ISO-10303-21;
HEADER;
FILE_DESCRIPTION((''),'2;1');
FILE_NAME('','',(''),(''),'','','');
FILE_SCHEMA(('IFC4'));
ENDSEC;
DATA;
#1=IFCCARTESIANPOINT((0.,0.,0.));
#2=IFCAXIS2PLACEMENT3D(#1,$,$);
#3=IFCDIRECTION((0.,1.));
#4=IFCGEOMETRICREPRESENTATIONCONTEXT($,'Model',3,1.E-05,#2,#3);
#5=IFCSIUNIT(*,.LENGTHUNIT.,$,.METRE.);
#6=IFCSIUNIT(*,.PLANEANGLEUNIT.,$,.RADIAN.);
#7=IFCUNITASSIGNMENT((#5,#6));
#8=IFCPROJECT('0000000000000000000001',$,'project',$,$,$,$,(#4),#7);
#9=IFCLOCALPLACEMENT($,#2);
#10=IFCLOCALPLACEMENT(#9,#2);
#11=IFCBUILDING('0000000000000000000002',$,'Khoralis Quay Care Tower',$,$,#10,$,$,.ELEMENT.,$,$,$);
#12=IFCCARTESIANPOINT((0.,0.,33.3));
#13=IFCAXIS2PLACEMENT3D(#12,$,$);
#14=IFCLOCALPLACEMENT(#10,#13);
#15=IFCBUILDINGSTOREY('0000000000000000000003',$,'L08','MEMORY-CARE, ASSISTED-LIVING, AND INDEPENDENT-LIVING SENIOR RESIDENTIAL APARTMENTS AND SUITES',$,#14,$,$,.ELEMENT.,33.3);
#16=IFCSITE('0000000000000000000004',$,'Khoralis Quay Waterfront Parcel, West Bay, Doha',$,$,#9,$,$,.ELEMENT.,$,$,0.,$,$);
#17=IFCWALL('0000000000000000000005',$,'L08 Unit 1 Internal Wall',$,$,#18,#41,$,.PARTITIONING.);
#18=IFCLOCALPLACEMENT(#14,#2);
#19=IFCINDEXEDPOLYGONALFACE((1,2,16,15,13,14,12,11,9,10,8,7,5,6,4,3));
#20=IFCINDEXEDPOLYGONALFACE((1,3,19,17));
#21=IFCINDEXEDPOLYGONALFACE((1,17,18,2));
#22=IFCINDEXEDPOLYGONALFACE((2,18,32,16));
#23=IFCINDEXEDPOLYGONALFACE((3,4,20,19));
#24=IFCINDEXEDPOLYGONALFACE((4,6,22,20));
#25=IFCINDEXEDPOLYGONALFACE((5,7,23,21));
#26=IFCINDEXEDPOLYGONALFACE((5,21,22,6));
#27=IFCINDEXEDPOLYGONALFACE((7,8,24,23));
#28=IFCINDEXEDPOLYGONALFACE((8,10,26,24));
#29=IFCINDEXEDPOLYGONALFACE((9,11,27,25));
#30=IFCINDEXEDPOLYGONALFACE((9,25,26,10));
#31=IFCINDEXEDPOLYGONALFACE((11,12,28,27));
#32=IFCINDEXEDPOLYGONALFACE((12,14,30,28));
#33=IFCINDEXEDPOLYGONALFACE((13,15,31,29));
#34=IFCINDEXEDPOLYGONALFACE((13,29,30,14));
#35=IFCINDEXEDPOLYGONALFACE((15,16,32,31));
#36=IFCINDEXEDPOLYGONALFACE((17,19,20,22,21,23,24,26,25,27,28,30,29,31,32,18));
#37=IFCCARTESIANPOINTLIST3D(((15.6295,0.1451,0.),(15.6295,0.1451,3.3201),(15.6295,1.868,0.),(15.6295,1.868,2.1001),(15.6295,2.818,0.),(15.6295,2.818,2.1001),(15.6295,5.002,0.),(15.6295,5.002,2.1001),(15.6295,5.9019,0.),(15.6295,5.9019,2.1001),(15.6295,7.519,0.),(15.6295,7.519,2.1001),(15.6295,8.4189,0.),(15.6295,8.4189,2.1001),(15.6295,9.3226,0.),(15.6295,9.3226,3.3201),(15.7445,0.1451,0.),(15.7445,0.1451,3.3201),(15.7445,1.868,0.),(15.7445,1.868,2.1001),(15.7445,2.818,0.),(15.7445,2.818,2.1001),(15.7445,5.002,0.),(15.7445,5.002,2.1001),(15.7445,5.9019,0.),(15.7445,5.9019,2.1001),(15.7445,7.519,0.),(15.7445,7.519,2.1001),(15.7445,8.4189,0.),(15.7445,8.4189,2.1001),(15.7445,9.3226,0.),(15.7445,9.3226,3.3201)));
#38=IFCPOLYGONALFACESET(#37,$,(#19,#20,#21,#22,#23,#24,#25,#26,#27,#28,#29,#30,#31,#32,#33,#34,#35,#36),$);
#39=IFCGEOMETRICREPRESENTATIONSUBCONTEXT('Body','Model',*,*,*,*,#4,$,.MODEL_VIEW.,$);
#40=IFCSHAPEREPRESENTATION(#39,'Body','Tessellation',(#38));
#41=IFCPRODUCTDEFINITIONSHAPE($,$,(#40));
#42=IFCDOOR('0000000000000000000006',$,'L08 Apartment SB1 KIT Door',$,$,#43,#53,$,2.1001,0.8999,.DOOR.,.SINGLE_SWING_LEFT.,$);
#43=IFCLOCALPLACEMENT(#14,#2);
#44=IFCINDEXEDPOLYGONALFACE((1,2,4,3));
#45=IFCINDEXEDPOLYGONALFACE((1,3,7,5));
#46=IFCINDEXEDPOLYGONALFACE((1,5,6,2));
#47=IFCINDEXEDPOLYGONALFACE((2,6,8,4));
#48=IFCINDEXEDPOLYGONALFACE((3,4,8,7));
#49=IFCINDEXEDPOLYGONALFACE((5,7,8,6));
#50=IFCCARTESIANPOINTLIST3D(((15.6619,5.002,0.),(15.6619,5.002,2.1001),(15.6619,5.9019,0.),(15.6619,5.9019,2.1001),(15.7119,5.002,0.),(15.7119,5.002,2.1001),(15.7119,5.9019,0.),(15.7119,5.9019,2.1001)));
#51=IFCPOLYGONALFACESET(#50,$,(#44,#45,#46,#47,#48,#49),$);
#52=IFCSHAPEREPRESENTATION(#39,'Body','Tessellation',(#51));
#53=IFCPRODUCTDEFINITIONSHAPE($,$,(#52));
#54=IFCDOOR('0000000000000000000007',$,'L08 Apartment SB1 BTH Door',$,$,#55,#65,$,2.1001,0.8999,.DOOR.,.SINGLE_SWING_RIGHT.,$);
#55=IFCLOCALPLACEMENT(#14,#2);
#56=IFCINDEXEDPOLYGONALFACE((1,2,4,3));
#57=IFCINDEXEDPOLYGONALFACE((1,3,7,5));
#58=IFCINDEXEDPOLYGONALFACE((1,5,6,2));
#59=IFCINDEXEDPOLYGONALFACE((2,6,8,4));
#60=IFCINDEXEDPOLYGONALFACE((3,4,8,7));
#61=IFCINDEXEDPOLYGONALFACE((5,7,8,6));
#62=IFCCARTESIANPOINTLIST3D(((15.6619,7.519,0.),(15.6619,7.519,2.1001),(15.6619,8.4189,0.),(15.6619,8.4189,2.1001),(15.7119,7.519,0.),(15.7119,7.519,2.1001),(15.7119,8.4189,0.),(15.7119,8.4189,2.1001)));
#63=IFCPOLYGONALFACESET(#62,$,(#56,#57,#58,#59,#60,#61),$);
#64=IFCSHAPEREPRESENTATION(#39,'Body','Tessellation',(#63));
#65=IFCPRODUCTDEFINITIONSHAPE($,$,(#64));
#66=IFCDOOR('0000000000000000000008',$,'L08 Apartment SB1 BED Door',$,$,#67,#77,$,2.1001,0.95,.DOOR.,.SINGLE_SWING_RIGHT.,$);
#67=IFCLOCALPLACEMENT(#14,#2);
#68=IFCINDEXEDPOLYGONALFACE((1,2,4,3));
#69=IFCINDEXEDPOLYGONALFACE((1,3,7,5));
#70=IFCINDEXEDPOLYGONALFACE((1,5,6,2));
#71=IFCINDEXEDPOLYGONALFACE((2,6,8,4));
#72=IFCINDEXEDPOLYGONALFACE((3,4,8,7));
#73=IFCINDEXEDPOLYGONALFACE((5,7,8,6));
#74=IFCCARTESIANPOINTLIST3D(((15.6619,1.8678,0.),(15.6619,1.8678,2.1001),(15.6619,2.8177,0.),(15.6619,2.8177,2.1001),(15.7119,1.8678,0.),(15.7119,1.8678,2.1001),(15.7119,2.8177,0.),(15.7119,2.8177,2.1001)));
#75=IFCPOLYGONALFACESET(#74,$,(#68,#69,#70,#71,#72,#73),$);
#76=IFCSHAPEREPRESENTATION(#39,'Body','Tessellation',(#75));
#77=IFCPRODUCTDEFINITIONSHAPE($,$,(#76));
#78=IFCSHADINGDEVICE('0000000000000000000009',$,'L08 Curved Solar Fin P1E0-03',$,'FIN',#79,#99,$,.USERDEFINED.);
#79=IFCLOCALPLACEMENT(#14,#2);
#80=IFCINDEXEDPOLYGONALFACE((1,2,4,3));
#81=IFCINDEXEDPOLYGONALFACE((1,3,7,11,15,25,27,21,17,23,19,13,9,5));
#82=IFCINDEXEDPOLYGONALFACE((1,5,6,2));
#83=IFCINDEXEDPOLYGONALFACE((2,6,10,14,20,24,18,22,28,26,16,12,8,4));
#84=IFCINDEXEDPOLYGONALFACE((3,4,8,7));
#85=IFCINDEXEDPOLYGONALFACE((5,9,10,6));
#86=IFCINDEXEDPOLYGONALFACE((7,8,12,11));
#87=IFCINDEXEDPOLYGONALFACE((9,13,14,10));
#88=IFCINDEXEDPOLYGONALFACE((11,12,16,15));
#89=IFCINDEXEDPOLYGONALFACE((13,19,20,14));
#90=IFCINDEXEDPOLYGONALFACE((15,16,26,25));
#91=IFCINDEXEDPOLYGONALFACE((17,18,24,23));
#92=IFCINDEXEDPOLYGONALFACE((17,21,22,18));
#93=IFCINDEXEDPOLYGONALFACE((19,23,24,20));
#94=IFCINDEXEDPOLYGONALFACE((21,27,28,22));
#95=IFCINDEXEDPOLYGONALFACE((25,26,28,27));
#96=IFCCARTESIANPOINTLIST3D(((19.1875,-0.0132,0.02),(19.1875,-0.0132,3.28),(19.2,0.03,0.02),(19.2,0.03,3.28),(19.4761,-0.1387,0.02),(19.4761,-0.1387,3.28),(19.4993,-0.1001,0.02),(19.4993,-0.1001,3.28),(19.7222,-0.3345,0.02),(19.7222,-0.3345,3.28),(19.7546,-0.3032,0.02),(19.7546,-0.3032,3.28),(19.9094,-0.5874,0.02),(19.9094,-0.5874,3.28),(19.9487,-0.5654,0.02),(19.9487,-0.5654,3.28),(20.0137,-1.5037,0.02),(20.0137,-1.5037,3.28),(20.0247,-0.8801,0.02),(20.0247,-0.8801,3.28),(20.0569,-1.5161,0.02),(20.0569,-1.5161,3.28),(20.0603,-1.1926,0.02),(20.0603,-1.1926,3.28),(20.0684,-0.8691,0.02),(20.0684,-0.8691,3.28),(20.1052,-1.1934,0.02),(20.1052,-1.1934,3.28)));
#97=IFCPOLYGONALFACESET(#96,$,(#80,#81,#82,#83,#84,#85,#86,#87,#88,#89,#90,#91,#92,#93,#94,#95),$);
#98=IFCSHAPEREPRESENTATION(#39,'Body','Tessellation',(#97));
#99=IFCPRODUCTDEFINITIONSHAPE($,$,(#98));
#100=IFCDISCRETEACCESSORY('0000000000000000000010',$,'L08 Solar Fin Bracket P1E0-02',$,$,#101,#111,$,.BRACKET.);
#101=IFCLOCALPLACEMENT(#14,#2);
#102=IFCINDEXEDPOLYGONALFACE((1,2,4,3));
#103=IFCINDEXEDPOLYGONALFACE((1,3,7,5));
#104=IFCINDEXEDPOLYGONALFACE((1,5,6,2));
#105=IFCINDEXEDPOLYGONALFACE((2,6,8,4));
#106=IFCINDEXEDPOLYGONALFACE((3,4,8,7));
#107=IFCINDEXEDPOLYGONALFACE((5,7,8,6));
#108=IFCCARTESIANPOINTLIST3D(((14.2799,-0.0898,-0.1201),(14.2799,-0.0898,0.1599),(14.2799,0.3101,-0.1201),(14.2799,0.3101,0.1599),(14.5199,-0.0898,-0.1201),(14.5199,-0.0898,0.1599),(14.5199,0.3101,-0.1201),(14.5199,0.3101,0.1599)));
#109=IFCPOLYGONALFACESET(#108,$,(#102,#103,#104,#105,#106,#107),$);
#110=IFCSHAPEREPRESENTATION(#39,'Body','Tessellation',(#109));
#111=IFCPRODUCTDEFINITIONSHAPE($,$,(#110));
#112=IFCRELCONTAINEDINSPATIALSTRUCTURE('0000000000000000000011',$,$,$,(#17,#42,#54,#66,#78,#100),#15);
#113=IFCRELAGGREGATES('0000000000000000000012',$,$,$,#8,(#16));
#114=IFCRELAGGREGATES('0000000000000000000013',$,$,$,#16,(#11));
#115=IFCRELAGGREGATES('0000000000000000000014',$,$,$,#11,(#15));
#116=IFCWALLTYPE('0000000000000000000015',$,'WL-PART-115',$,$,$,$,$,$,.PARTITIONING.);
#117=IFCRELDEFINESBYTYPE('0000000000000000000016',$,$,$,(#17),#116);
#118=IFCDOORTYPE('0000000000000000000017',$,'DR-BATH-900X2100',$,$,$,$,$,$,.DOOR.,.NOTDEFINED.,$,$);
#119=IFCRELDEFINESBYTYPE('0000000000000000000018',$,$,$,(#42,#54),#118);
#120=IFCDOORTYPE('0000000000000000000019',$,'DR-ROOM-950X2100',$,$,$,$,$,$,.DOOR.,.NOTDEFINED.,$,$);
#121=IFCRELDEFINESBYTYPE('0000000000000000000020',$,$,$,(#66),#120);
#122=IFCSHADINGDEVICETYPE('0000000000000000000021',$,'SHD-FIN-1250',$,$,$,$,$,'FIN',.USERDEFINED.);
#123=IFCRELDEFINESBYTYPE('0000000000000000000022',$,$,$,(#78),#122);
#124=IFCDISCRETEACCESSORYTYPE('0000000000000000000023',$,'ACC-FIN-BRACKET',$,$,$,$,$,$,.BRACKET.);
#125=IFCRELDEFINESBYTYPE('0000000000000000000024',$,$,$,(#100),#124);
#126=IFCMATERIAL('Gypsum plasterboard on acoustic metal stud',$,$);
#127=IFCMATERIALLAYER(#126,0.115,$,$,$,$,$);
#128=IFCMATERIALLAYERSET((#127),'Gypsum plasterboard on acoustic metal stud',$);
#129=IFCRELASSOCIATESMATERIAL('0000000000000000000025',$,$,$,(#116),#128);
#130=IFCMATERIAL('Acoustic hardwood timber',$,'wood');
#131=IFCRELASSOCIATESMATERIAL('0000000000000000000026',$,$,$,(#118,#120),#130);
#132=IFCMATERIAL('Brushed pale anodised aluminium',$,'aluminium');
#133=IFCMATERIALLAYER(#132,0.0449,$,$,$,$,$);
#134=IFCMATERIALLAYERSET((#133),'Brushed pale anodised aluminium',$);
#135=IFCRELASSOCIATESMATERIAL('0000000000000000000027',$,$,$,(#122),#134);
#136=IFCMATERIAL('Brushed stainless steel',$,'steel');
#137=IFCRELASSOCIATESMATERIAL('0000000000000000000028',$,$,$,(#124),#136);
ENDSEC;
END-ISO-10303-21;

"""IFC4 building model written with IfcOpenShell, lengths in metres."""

from ifc_helpers import new_model, si_unit, direction, frame, frame_2d, origin, origin_2d, place, context, subcontext, project, spatial, polyline, rectangle, outline, extrude, source, transform, mapped, material, layer, layer_set, type_object, element, fill, save


model = new_model("IFC4")

# Units and contexts
model_context = context("Model", 3, precision=1e-05, world=origin(), true_north=direction((0.0, 1.0)))
body_context = subcontext(model_context, "Body", "Model", "MODEL_VIEW")
ifc_project = project(units=[si_unit("LENGTHUNIT", "METRE"), si_unit("PLANEANGLEUNIT", "RADIAN")], contexts=[model_context])

# Site, building, storey
site_placement = place(None, origin())
site = spatial("IfcSite", under=ifc_project, at=site_placement, Name="Khoralis Quay Waterfront Parcel, West Bay, Doha", CompositionType="ELEMENT", RefElevation=0.0)
building_placement = place(site_placement, origin())
building = spatial("IfcBuilding", under=site, at=building_placement, Name="Khoralis Quay Care Tower", CompositionType="ELEMENT")
storey_placement = place(building_placement, frame((0.0, 0.0, 33.3)))
storey = spatial("IfcBuildingStorey", under=building, at=storey_placement, Name="L08", Description="MEMORY-CARE, ASSISTED-LIVING, AND INDEPENDENT-LIVING SENIOR RESIDENTIAL APARTMENTS AND SUITES", CompositionType="ELEMENT", Elevation=33.3)

# Wall, openings, doors
ifc_material_1 = material(Name="Gypsum plasterboard on acoustic metal stud")
ifc_layer_1 = layer(ifc_material_1, 0.115)
ifc_layer_set_1 = layer_set([ifc_layer_1], Name="Gypsum plasterboard on acoustic metal stud")
wall_type = type_object("IfcWallType", Name="WL-PART-115", PredefinedType="PARTITIONING", material=ifc_layer_set_1)
wall_placement = place(storey_placement, frame((15.687, 0.145, 0.0), z_axis=(0.0, 0.0, 1.0), x_axis=(0.0, 1.0, 0.0)))
wall = element("IfcWall", 1, at=wall_placement, inside=storey, type_object=wall_type, Name="L08 Unit 1 Internal Wall", PredefinedType="PARTITIONING", context=body_context, shape_type="SweptSolid", body=[
    extrude(rectangle(XDim=9.1775, YDim=0.115, at=frame_2d((4.5889, 0.0))), origin(), (0.0, 0.0, 1.0), 3.3201),
])
opening_1_placement = place(wall_placement, frame((1.7229, 0.0, 0.0)))
opening_1 = element("IfcOpeningElement", 2, at=opening_1_placement, cuts=wall, PredefinedType="OPENING", context=body_context, shape_type="SweptSolid", body=[
    extrude(rectangle(XDim=0.95, YDim=2.1001, at=frame_2d((0.4751, 1.05))), frame((0.0, 0.0674, 0.0), z_axis=(0.0, -1.0, 0.0), x_axis=(1.0, 0.0, 0.0)), (0.0, 0.0, 1.0), 0.135),
])
opening_2_placement = place(wall_placement, frame((4.8569, 0.0, 0.0)))
opening_2 = element("IfcOpeningElement", 3, at=opening_2_placement, cuts=wall, PredefinedType="OPENING", context=body_context, shape_type="SweptSolid", body=[
    extrude(rectangle(XDim=0.8999, YDim=2.1001, at=frame_2d((0.45, 1.05))), frame((0.0, 0.0674, 0.0), z_axis=(0.0, -1.0, 0.0), x_axis=(1.0, 0.0, 0.0)), (0.0, 0.0, 1.0), 0.135),
])
opening_3_placement = place(wall_placement, frame((7.374, 0.0, 0.0)))
opening_3 = element("IfcOpeningElement", 4, at=opening_3_placement, cuts=wall, PredefinedType="OPENING", context=body_context, shape_type="SweptSolid", body=[
    extrude(rectangle(XDim=0.8999, YDim=2.1001, at=frame_2d((0.45, 1.05))), frame((0.0, 0.0674, 0.0), z_axis=(0.0, -1.0, 0.0), x_axis=(1.0, 0.0, 0.0)), (0.0, 0.0, 1.0), 0.135),
])
ifc_material_2 = material(Name="Acoustic hardwood timber", Category="wood")
door_type_1 = type_object("IfcDoorType", Name="DR-BATH-900X2100", OperationType="NOTDEFINED", PredefinedType="DOOR", material=ifc_material_2)
shared_shape_1 = source(origin(), body_context, "Body", "SweptSolid", [
    extrude(rectangle(XDim=0.8999, YDim=2.1001, at=frame_2d((0.45, 1.05))), frame((0.0, 0.0249, 0.0), z_axis=(0.0, -1.0, 0.0), x_axis=(1.0, 0.0, 0.0)), (0.0, 0.0, 1.0), 0.05),
])
door_1_placement = place(opening_2_placement, frame((0.8999, 0.0, 0.0), z_axis=(0.0, 0.0, 1.0), x_axis=(-1.0, 0.0, 0.0)))
door_1 = element("IfcDoor", 5, at=door_1_placement, inside=storey, type_object=door_type_1, Name="L08 Apartment SB1 KIT Door", OperationType="SINGLE_SWING_LEFT", OverallHeight=2.1001, OverallWidth=0.8999, PredefinedType="DOOR", context=body_context, shape_type="MappedRepresentation", body=[
    mapped(shared_shape_1, transform((0.0, 0.0, 0.0), scale=1.0)),
])
fill(opening_2, door_1)
door_2_placement = place(opening_3_placement, frame((0.8999, 0.0, 0.0), z_axis=(0.0, 0.0, 1.0), x_axis=(-1.0, 0.0, 0.0)))
door_2 = element("IfcDoor", 6, at=door_2_placement, inside=storey, type_object=door_type_1, Name="L08 Apartment SB1 BTH Door", OperationType="SINGLE_SWING_RIGHT", OverallHeight=2.1001, OverallWidth=0.8999, PredefinedType="DOOR", context=body_context, shape_type="MappedRepresentation", body=[
    mapped(shared_shape_1, transform((0.0, 0.0, 0.0), scale=1.0)),
])
fill(opening_3, door_2)
door_type_2 = type_object("IfcDoorType", Name="DR-ROOM-950X2100", OperationType="NOTDEFINED", PredefinedType="DOOR", material=ifc_material_2)
shared_shape_2 = source(origin(), body_context, "Body", "SweptSolid", [
    extrude(rectangle(XDim=0.95, YDim=2.1001, at=frame_2d((0.4751, 1.05))), frame((0.0, 0.0249, 0.0), z_axis=(0.0, -1.0, 0.0), x_axis=(1.0, 0.0, 0.0)), (0.0, 0.0, 1.0), 0.05),
])
door_3_placement = place(opening_1_placement, frame((0.95, 0.0, 0.0), z_axis=(0.0, 0.0, 1.0), x_axis=(-1.0, 0.0, 0.0)))
door_3 = element("IfcDoor", 7, at=door_3_placement, inside=storey, type_object=door_type_2, Name="L08 Apartment SB1 BED Door", OperationType="SINGLE_SWING_RIGHT", OverallHeight=2.1001, OverallWidth=0.95, PredefinedType="DOOR", context=body_context, shape_type="MappedRepresentation", body=[
    mapped(shared_shape_2, transform((0.0, 0.0, 0.0), scale=1.0)),
])
fill(opening_1, door_3)

# Shading device
ifc_material_3 = material(Name="Brushed pale anodised aluminium", Category="aluminium")
ifc_layer_2 = layer(ifc_material_3, 0.0449)
ifc_layer_set_2 = layer_set([ifc_layer_2], Name="Brushed pale anodised aluminium")
shading_device_type = type_object("IfcShadingDeviceType", Name="SHD-FIN-1250", ElementType="FIN", PredefinedType="USERDEFINED", material=ifc_layer_set_2)
shared_shape_3 = source(origin(), body_context, "Body", "SweptSolid", [
    extrude(outline(polyline([(0.0, 0.0), (0.1301, 0.2993), (0.3333, 0.5547), (0.5955, 0.7488), (0.8992, 0.8684), (1.2234, 0.9053), (1.5461, 0.8569), (1.5337, 0.8137), (1.2227, 0.8604), (0.9102, 0.8247), (0.6174, 0.7095), (0.3645, 0.5222), (0.1687, 0.2761), (0.0432, -0.0125), (0.0, 0.0)])), origin(), (0.0, 0.0, 1.0), 3.26),
])
shading_device_placement = place(storey_placement, frame((19.2, 0.03, 0.02), z_axis=(0.0, 0.0, 1.0), x_axis=(0.0, -1.0, 0.0)))
element("IfcShadingDevice", 8, at=shading_device_placement, inside=storey, type_object=shading_device_type, Name="L08 Curved Solar Fin P1E0-03", ObjectType="FIN", PredefinedType="USERDEFINED", context=body_context, shape_type="MappedRepresentation", body=[
    mapped(shared_shape_3, transform((0.0, 0.0, 0.0), scale=1.0)),
])

# Discrete accessory
ifc_material_4 = material(Name="Brushed stainless steel", Category="steel")
discrete_accessory_type = type_object("IfcDiscreteAccessoryType", Name="ACC-FIN-BRACKET", PredefinedType="BRACKET", material=ifc_material_4)
shared_shape_4 = source(origin(), body_context, "Body", "SweptSolid", [
    extrude(rectangle(XDim=0.3999, YDim=0.24, at=origin_2d()), origin(), (0.0, 0.0, 1.0), 0.28),
])
discrete_accessory_placement = place(storey_placement, frame((14.3999, 0.1101, -0.1201), z_axis=(0.0, 0.0, 1.0), x_axis=(0.0, -1.0, 0.0)))
element("IfcDiscreteAccessory", 9, at=discrete_accessory_placement, inside=storey, type_object=discrete_accessory_type, Name="L08 Solar Fin Bracket P1E0-02", PredefinedType="BRACKET", context=body_context, shape_type="MappedRepresentation", body=[
    mapped(shared_shape_4, transform((0.0, 0.0, 0.0), scale=1.0)),
])

save(model, "model.ifc")
